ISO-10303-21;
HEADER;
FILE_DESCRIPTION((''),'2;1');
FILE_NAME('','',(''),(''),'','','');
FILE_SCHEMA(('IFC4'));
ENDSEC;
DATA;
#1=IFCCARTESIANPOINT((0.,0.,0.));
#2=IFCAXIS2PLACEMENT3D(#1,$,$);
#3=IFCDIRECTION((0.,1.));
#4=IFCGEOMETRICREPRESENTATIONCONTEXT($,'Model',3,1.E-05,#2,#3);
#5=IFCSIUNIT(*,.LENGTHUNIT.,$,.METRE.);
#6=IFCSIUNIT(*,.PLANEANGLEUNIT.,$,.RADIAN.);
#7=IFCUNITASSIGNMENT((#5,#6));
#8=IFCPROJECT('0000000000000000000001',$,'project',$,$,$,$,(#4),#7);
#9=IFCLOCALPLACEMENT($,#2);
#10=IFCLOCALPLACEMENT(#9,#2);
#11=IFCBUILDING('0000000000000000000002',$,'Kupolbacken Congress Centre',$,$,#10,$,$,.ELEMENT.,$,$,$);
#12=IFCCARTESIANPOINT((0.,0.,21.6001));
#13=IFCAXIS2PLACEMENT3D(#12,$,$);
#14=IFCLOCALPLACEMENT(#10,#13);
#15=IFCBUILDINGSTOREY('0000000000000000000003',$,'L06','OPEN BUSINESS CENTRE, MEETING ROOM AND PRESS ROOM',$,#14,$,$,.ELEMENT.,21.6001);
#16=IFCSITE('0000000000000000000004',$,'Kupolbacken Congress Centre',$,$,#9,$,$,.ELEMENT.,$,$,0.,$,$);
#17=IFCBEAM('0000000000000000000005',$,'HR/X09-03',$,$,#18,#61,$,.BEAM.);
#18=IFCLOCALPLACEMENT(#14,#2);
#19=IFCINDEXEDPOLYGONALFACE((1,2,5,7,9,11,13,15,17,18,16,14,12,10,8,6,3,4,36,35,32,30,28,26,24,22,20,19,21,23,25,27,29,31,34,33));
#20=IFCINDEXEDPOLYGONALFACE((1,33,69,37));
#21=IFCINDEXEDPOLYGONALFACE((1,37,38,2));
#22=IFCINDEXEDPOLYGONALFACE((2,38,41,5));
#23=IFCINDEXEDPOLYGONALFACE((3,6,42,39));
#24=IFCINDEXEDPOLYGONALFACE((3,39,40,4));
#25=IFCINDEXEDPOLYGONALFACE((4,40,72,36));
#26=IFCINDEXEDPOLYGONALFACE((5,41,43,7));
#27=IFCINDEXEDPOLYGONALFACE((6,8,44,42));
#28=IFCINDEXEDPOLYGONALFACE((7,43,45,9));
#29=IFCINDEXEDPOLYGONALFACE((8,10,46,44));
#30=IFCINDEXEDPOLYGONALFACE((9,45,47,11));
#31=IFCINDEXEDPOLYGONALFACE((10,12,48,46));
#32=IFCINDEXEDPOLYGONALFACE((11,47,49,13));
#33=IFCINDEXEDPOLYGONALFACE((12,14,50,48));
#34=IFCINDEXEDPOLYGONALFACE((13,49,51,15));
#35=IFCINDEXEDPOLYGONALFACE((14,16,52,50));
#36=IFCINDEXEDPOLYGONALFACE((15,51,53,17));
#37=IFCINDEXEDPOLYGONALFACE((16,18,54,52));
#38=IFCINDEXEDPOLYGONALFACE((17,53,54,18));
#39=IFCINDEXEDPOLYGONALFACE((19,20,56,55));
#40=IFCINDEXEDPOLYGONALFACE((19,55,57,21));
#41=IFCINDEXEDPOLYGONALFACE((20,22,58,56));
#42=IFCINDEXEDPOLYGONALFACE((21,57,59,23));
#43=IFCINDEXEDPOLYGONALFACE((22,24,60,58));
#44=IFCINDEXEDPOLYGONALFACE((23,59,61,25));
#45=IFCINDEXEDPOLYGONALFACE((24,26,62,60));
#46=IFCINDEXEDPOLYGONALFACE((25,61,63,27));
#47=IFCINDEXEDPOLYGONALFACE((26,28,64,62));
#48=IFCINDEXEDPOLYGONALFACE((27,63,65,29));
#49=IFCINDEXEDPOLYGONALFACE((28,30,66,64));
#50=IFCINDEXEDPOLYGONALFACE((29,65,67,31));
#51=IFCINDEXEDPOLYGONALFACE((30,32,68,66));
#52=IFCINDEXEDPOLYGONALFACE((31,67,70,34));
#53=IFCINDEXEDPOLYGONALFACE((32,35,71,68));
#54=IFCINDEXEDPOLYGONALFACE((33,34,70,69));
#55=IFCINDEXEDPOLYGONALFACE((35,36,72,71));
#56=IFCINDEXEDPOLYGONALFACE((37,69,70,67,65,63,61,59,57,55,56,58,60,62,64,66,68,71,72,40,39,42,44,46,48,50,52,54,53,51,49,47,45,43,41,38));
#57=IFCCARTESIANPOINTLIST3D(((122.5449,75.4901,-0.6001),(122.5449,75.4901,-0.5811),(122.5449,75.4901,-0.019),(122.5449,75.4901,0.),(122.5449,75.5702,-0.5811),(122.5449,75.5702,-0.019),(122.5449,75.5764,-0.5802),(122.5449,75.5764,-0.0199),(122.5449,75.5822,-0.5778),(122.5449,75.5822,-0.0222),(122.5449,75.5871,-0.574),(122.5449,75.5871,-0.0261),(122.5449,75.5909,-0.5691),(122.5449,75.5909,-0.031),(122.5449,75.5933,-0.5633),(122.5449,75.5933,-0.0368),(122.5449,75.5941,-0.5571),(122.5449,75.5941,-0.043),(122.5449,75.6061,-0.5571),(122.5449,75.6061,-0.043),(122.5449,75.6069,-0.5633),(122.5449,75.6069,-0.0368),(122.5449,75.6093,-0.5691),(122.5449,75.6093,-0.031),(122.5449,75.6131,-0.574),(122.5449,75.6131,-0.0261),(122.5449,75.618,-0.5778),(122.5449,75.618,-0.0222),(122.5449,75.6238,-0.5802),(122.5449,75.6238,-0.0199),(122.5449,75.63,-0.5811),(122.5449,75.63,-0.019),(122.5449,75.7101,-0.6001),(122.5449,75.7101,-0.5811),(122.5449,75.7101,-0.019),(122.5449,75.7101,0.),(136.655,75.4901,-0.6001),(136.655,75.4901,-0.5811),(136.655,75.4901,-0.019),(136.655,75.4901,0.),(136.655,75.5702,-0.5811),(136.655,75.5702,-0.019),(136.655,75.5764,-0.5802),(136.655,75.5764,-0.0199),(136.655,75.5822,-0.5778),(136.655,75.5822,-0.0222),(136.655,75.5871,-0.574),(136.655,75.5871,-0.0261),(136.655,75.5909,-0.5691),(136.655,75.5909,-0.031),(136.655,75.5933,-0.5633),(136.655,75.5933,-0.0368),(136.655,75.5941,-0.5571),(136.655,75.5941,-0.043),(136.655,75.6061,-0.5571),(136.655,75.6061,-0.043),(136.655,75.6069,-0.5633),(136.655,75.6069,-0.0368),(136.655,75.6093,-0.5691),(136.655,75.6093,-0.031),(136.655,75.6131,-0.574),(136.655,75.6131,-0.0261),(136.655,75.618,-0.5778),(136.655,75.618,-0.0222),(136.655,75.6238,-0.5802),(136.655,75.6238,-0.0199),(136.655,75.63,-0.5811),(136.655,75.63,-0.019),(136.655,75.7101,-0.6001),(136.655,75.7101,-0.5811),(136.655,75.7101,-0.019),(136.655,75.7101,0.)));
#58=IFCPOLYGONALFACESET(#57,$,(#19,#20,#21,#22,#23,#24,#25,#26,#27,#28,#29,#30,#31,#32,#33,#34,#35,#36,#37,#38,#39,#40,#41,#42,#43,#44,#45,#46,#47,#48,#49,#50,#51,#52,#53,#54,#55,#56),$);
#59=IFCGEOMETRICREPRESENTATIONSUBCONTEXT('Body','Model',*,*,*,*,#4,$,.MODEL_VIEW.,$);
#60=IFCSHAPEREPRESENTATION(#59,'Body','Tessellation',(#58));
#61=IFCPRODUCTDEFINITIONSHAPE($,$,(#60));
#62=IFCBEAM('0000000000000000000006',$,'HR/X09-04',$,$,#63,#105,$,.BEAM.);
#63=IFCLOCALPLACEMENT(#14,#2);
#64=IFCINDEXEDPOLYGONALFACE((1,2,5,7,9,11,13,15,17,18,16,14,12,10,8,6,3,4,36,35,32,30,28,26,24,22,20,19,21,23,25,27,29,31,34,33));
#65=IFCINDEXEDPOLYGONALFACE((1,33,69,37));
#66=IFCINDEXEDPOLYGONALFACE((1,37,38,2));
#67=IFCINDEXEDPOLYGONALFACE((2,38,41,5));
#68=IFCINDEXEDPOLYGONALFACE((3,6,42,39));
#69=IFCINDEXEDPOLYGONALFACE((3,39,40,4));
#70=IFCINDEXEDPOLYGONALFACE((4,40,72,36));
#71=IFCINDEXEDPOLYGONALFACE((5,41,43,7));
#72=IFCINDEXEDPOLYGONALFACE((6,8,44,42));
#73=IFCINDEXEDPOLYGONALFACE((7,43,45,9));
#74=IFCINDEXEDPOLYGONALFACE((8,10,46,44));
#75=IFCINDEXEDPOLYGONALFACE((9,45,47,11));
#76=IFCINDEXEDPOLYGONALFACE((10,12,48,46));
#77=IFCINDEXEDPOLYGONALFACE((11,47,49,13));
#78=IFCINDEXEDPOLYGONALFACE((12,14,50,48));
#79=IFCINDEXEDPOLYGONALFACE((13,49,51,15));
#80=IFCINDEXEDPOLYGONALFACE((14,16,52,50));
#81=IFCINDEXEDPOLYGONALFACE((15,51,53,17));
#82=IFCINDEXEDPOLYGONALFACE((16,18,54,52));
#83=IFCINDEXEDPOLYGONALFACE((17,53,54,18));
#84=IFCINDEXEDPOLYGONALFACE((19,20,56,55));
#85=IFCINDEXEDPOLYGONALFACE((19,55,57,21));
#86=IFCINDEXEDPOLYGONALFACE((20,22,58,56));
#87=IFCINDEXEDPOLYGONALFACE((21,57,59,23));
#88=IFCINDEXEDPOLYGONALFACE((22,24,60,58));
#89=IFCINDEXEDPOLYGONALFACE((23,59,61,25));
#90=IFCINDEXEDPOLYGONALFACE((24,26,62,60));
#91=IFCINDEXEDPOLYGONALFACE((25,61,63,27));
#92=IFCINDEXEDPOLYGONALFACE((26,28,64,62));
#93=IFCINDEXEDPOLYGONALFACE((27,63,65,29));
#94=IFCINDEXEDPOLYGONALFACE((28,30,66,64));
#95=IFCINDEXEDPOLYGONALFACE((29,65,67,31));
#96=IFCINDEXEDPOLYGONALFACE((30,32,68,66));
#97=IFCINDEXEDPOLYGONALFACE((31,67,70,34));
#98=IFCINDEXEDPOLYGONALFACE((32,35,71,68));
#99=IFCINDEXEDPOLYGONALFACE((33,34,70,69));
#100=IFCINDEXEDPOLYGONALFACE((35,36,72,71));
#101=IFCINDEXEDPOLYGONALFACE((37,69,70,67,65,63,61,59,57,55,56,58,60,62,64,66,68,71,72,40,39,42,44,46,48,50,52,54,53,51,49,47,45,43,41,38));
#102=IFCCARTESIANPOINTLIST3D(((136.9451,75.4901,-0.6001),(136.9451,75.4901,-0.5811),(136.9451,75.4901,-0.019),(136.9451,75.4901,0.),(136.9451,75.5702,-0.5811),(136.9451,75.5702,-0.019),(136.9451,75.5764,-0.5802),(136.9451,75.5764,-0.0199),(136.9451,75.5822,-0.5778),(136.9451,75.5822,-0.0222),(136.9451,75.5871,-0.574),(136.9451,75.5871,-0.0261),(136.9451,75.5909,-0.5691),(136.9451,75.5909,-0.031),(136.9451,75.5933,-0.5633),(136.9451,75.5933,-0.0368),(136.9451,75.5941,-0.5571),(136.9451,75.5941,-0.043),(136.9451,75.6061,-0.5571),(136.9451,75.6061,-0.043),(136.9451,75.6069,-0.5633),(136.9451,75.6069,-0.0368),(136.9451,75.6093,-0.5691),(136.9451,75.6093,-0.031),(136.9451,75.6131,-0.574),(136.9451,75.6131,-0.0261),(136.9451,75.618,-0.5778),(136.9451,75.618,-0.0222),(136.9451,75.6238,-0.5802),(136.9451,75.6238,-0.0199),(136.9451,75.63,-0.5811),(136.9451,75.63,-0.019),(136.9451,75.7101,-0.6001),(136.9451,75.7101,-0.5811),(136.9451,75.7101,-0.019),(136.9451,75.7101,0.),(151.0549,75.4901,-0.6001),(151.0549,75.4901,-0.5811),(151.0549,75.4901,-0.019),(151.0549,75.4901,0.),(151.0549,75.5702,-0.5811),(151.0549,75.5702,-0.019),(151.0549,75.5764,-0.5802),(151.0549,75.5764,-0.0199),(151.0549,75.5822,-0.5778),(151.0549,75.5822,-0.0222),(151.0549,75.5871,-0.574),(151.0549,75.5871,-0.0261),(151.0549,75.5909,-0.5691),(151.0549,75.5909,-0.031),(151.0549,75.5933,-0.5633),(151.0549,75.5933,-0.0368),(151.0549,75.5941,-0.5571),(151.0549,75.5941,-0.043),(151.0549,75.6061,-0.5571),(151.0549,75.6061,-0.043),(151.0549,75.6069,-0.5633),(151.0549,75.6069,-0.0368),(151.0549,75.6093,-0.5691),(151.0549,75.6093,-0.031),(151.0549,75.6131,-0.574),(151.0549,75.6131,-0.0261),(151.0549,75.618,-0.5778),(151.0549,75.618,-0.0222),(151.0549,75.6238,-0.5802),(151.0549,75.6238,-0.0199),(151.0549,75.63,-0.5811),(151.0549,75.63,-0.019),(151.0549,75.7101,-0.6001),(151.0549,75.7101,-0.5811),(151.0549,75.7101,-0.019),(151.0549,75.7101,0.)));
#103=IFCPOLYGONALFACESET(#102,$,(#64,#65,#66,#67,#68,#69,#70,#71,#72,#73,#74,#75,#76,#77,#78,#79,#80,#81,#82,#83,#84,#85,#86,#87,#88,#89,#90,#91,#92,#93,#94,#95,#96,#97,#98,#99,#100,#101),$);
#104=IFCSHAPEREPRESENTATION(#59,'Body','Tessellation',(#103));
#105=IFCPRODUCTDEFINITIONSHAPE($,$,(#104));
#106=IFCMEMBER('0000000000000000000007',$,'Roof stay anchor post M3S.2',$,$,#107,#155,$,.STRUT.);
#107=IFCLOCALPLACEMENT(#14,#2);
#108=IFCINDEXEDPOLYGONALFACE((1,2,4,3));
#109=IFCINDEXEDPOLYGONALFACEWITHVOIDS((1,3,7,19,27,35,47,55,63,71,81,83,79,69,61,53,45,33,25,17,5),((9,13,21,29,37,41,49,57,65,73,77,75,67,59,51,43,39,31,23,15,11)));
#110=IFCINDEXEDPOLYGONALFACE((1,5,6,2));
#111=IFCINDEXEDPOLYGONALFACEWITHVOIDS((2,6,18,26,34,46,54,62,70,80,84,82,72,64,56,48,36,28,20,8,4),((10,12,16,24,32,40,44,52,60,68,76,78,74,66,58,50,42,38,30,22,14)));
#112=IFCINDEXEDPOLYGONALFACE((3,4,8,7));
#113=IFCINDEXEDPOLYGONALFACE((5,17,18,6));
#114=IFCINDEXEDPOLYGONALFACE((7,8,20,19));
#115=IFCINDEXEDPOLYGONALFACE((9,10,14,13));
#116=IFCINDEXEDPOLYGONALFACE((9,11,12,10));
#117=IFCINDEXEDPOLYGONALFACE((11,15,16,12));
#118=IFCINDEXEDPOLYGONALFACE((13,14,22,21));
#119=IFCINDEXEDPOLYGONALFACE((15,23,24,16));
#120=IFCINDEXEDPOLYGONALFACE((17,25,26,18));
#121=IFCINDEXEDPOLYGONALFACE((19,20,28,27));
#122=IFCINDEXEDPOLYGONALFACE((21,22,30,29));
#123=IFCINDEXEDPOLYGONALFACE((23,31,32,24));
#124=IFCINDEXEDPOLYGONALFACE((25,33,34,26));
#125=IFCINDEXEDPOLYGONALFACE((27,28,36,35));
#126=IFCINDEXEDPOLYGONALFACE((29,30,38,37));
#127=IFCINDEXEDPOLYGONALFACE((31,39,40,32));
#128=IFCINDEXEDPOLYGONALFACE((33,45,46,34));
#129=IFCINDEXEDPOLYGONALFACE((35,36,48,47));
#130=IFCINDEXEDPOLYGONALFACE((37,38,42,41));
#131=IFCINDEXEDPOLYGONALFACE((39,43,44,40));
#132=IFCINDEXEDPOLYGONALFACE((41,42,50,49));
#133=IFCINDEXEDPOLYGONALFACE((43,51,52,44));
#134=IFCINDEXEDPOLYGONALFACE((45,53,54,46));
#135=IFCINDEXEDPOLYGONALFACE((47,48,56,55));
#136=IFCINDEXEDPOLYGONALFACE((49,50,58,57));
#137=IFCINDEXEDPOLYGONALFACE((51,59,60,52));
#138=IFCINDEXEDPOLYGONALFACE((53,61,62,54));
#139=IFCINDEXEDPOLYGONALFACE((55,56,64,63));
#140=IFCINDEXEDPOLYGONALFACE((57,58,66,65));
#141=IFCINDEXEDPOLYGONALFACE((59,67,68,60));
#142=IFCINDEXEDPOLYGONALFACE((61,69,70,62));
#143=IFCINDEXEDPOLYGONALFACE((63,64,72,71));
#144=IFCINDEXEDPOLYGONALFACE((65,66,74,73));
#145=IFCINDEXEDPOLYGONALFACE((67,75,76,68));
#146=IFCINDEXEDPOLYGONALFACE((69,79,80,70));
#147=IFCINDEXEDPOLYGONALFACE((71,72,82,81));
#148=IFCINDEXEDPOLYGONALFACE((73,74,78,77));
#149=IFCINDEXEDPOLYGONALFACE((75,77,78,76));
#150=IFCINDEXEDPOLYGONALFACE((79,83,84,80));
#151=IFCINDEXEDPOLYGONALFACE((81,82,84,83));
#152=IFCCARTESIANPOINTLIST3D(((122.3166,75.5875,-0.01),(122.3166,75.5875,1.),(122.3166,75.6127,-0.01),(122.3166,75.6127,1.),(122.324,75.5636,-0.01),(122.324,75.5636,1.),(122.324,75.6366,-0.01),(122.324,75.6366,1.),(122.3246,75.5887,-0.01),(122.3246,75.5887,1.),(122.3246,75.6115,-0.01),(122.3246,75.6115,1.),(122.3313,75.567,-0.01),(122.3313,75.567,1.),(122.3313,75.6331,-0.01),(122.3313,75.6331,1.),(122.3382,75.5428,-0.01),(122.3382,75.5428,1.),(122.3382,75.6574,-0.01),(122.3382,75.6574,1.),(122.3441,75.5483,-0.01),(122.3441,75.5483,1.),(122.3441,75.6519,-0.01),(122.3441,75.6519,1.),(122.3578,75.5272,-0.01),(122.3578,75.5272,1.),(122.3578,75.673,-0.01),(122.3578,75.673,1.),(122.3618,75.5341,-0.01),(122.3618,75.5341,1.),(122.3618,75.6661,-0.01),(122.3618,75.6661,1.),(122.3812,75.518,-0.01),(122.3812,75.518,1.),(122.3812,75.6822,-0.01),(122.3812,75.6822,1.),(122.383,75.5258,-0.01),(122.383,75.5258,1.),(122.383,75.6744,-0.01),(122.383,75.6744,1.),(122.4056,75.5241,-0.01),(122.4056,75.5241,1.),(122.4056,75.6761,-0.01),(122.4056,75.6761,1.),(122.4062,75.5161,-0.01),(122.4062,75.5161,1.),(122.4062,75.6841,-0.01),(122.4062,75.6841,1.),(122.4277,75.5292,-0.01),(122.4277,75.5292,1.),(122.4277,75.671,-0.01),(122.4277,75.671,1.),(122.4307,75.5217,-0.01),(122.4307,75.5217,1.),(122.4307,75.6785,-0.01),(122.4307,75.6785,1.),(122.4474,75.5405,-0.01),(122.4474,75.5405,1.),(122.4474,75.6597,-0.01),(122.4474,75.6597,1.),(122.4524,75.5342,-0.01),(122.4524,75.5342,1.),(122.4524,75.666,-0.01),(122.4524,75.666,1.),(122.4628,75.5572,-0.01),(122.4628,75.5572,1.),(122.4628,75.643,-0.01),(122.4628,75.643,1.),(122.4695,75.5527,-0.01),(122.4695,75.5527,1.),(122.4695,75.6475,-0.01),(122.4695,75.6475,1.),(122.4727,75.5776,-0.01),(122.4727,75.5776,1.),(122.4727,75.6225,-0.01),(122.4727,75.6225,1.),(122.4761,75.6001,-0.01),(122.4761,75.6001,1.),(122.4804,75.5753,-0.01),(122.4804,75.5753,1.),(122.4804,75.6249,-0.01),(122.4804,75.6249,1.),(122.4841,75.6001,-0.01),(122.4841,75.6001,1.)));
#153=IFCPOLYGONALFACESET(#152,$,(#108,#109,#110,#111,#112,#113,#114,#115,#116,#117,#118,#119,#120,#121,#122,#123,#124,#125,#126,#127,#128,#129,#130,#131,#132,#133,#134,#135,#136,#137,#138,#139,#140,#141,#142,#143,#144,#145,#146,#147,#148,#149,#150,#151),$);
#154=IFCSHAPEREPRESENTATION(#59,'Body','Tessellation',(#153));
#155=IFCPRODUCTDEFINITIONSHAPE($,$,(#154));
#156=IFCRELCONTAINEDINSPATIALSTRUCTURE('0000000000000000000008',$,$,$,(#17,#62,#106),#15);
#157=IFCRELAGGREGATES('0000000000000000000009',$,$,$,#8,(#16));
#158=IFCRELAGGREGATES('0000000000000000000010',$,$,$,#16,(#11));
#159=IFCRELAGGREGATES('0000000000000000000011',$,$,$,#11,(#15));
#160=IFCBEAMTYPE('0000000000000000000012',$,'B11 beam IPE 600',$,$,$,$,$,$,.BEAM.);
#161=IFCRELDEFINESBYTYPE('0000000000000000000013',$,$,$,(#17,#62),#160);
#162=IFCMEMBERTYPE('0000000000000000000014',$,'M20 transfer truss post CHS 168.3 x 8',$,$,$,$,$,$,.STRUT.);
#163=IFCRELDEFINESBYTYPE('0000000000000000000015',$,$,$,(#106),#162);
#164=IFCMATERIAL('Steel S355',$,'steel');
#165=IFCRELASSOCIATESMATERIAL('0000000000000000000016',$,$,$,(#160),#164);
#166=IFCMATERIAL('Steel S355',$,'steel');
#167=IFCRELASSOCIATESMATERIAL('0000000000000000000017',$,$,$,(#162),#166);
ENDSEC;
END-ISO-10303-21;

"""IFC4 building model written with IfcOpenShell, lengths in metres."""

from ifc_helpers import new_model, si_unit, direction, frame, origin, origin_2d, place, context, subcontext, project, spatial, hollow_circle, i_section, extrude, material, material_profile, profile_set, type_object, element, save


model = new_model("IFC4")

# Units and contexts
model_context = context("Model", 3, precision=1e-05, world=origin(), true_north=direction((0.0, 1.0)))
body_context = subcontext(model_context, "Body", "Model", "MODEL_VIEW")
ifc_project = project(units=[si_unit("LENGTHUNIT", "METRE"), si_unit("PLANEANGLEUNIT", "RADIAN")], contexts=[model_context])

# Site, building, storey
site_placement = place(None, origin())
site = spatial("IfcSite", under=ifc_project, at=site_placement, Name="Kupolbacken Congress Centre", CompositionType="ELEMENT", RefElevation=0.0)
building_placement = place(site_placement, origin())
building = spatial("IfcBuilding", under=site, at=building_placement, Name="Kupolbacken Congress Centre", CompositionType="ELEMENT")
storey_placement = place(building_placement, frame((0.0, 0.0, 21.6001)))
storey = spatial("IfcBuildingStorey", under=building, at=storey_placement, Name="L06", Description="OPEN BUSINESS CENTRE, MEETING ROOM AND PRESS ROOM", CompositionType="ELEMENT", Elevation=21.6001)

# Beams
ifc_material_1 = material(Name="Steel S355", Category="steel")
ifc_material_profile_1 = material_profile(ifc_material_1, i_section(OverallWidth=0.22, OverallDepth=0.6001, WebThickness=0.012, FlangeThickness=0.019, FilletRadius=0.0239, at=origin_2d()), Name="IPE 600")
ifc_profile_set_1 = profile_set([ifc_material_profile_1], Name="Steel S355")
beam_type_1 = type_object("IfcBeamType", Name="B11 beam IPE 600", PredefinedType="BEAM", material=ifc_profile_set_1)
beam_1_placement = place(storey_placement, frame((122.5449, 75.6001, -0.3), z_axis=(1.0, 0.0, 0.0), x_axis=(0.0, 1.0, 0.0)))
element("IfcBeam", 1, at=beam_1_placement, inside=storey, type_object=beam_type_1, Name="HR/X09-03", PredefinedType="BEAM", context=body_context, shape_type="SweptSolid", body=[
    extrude(i_section(OverallWidth=0.22, OverallDepth=0.6001, WebThickness=0.012, FlangeThickness=0.019, FilletRadius=0.0239, at=origin_2d()), origin(), (0.0, 0.0, 1.0), 14.1101),
])
beam_2_placement = place(storey_placement, frame((136.9451, 75.6001, -0.3), z_axis=(1.0, 0.0, 0.0), x_axis=(0.0, 1.0, 0.0)))
element("IfcBeam", 2, at=beam_2_placement, inside=storey, type_object=beam_type_1, Name="HR/X09-04", PredefinedType="BEAM", context=body_context, shape_type="SweptSolid", body=[
    extrude(i_section(OverallWidth=0.22, OverallDepth=0.6001, WebThickness=0.012, FlangeThickness=0.019, FilletRadius=0.0239, at=origin_2d()), origin(), (0.0, 0.0, 1.0), 14.1099),
])

# Member
ifc_material_2 = material(Name="Steel S355", Category="steel")
ifc_material_profile_2 = material_profile(ifc_material_2, hollow_circle(Radius=0.0842, WallThickness=0.0081, at=origin_2d()), Name="CHS 168.3 x 8")
ifc_profile_set_2 = profile_set([ifc_material_profile_2], Name="Steel S355")
member_type_1 = type_object("IfcMemberType", Name="M20 transfer truss post CHS 168.3 x 8", PredefinedType="STRUT", material=ifc_profile_set_2)
for number, where, z_axis, x_axis, name in (
    (3, (122.3999, 75.6001, -0.01), (0.0, 0.0, 1.0), (1.0, 0.0, 0.0), "Roof stay anchor post M3S.2"),
):
    element("IfcMember", number, at=place(storey_placement, frame(where, z_axis=z_axis, x_axis=x_axis)), inside=storey, type_object=member_type_1, Name=name, PredefinedType="STRUT", context=body_context, shape_type="SweptSolid", body=[
        extrude(hollow_circle(Radius=0.0842, WallThickness=0.0081, at=origin_2d()), origin(), (0.0, 0.0, 1.0), 1.01),
    ])

save(model, "model.ifc")
